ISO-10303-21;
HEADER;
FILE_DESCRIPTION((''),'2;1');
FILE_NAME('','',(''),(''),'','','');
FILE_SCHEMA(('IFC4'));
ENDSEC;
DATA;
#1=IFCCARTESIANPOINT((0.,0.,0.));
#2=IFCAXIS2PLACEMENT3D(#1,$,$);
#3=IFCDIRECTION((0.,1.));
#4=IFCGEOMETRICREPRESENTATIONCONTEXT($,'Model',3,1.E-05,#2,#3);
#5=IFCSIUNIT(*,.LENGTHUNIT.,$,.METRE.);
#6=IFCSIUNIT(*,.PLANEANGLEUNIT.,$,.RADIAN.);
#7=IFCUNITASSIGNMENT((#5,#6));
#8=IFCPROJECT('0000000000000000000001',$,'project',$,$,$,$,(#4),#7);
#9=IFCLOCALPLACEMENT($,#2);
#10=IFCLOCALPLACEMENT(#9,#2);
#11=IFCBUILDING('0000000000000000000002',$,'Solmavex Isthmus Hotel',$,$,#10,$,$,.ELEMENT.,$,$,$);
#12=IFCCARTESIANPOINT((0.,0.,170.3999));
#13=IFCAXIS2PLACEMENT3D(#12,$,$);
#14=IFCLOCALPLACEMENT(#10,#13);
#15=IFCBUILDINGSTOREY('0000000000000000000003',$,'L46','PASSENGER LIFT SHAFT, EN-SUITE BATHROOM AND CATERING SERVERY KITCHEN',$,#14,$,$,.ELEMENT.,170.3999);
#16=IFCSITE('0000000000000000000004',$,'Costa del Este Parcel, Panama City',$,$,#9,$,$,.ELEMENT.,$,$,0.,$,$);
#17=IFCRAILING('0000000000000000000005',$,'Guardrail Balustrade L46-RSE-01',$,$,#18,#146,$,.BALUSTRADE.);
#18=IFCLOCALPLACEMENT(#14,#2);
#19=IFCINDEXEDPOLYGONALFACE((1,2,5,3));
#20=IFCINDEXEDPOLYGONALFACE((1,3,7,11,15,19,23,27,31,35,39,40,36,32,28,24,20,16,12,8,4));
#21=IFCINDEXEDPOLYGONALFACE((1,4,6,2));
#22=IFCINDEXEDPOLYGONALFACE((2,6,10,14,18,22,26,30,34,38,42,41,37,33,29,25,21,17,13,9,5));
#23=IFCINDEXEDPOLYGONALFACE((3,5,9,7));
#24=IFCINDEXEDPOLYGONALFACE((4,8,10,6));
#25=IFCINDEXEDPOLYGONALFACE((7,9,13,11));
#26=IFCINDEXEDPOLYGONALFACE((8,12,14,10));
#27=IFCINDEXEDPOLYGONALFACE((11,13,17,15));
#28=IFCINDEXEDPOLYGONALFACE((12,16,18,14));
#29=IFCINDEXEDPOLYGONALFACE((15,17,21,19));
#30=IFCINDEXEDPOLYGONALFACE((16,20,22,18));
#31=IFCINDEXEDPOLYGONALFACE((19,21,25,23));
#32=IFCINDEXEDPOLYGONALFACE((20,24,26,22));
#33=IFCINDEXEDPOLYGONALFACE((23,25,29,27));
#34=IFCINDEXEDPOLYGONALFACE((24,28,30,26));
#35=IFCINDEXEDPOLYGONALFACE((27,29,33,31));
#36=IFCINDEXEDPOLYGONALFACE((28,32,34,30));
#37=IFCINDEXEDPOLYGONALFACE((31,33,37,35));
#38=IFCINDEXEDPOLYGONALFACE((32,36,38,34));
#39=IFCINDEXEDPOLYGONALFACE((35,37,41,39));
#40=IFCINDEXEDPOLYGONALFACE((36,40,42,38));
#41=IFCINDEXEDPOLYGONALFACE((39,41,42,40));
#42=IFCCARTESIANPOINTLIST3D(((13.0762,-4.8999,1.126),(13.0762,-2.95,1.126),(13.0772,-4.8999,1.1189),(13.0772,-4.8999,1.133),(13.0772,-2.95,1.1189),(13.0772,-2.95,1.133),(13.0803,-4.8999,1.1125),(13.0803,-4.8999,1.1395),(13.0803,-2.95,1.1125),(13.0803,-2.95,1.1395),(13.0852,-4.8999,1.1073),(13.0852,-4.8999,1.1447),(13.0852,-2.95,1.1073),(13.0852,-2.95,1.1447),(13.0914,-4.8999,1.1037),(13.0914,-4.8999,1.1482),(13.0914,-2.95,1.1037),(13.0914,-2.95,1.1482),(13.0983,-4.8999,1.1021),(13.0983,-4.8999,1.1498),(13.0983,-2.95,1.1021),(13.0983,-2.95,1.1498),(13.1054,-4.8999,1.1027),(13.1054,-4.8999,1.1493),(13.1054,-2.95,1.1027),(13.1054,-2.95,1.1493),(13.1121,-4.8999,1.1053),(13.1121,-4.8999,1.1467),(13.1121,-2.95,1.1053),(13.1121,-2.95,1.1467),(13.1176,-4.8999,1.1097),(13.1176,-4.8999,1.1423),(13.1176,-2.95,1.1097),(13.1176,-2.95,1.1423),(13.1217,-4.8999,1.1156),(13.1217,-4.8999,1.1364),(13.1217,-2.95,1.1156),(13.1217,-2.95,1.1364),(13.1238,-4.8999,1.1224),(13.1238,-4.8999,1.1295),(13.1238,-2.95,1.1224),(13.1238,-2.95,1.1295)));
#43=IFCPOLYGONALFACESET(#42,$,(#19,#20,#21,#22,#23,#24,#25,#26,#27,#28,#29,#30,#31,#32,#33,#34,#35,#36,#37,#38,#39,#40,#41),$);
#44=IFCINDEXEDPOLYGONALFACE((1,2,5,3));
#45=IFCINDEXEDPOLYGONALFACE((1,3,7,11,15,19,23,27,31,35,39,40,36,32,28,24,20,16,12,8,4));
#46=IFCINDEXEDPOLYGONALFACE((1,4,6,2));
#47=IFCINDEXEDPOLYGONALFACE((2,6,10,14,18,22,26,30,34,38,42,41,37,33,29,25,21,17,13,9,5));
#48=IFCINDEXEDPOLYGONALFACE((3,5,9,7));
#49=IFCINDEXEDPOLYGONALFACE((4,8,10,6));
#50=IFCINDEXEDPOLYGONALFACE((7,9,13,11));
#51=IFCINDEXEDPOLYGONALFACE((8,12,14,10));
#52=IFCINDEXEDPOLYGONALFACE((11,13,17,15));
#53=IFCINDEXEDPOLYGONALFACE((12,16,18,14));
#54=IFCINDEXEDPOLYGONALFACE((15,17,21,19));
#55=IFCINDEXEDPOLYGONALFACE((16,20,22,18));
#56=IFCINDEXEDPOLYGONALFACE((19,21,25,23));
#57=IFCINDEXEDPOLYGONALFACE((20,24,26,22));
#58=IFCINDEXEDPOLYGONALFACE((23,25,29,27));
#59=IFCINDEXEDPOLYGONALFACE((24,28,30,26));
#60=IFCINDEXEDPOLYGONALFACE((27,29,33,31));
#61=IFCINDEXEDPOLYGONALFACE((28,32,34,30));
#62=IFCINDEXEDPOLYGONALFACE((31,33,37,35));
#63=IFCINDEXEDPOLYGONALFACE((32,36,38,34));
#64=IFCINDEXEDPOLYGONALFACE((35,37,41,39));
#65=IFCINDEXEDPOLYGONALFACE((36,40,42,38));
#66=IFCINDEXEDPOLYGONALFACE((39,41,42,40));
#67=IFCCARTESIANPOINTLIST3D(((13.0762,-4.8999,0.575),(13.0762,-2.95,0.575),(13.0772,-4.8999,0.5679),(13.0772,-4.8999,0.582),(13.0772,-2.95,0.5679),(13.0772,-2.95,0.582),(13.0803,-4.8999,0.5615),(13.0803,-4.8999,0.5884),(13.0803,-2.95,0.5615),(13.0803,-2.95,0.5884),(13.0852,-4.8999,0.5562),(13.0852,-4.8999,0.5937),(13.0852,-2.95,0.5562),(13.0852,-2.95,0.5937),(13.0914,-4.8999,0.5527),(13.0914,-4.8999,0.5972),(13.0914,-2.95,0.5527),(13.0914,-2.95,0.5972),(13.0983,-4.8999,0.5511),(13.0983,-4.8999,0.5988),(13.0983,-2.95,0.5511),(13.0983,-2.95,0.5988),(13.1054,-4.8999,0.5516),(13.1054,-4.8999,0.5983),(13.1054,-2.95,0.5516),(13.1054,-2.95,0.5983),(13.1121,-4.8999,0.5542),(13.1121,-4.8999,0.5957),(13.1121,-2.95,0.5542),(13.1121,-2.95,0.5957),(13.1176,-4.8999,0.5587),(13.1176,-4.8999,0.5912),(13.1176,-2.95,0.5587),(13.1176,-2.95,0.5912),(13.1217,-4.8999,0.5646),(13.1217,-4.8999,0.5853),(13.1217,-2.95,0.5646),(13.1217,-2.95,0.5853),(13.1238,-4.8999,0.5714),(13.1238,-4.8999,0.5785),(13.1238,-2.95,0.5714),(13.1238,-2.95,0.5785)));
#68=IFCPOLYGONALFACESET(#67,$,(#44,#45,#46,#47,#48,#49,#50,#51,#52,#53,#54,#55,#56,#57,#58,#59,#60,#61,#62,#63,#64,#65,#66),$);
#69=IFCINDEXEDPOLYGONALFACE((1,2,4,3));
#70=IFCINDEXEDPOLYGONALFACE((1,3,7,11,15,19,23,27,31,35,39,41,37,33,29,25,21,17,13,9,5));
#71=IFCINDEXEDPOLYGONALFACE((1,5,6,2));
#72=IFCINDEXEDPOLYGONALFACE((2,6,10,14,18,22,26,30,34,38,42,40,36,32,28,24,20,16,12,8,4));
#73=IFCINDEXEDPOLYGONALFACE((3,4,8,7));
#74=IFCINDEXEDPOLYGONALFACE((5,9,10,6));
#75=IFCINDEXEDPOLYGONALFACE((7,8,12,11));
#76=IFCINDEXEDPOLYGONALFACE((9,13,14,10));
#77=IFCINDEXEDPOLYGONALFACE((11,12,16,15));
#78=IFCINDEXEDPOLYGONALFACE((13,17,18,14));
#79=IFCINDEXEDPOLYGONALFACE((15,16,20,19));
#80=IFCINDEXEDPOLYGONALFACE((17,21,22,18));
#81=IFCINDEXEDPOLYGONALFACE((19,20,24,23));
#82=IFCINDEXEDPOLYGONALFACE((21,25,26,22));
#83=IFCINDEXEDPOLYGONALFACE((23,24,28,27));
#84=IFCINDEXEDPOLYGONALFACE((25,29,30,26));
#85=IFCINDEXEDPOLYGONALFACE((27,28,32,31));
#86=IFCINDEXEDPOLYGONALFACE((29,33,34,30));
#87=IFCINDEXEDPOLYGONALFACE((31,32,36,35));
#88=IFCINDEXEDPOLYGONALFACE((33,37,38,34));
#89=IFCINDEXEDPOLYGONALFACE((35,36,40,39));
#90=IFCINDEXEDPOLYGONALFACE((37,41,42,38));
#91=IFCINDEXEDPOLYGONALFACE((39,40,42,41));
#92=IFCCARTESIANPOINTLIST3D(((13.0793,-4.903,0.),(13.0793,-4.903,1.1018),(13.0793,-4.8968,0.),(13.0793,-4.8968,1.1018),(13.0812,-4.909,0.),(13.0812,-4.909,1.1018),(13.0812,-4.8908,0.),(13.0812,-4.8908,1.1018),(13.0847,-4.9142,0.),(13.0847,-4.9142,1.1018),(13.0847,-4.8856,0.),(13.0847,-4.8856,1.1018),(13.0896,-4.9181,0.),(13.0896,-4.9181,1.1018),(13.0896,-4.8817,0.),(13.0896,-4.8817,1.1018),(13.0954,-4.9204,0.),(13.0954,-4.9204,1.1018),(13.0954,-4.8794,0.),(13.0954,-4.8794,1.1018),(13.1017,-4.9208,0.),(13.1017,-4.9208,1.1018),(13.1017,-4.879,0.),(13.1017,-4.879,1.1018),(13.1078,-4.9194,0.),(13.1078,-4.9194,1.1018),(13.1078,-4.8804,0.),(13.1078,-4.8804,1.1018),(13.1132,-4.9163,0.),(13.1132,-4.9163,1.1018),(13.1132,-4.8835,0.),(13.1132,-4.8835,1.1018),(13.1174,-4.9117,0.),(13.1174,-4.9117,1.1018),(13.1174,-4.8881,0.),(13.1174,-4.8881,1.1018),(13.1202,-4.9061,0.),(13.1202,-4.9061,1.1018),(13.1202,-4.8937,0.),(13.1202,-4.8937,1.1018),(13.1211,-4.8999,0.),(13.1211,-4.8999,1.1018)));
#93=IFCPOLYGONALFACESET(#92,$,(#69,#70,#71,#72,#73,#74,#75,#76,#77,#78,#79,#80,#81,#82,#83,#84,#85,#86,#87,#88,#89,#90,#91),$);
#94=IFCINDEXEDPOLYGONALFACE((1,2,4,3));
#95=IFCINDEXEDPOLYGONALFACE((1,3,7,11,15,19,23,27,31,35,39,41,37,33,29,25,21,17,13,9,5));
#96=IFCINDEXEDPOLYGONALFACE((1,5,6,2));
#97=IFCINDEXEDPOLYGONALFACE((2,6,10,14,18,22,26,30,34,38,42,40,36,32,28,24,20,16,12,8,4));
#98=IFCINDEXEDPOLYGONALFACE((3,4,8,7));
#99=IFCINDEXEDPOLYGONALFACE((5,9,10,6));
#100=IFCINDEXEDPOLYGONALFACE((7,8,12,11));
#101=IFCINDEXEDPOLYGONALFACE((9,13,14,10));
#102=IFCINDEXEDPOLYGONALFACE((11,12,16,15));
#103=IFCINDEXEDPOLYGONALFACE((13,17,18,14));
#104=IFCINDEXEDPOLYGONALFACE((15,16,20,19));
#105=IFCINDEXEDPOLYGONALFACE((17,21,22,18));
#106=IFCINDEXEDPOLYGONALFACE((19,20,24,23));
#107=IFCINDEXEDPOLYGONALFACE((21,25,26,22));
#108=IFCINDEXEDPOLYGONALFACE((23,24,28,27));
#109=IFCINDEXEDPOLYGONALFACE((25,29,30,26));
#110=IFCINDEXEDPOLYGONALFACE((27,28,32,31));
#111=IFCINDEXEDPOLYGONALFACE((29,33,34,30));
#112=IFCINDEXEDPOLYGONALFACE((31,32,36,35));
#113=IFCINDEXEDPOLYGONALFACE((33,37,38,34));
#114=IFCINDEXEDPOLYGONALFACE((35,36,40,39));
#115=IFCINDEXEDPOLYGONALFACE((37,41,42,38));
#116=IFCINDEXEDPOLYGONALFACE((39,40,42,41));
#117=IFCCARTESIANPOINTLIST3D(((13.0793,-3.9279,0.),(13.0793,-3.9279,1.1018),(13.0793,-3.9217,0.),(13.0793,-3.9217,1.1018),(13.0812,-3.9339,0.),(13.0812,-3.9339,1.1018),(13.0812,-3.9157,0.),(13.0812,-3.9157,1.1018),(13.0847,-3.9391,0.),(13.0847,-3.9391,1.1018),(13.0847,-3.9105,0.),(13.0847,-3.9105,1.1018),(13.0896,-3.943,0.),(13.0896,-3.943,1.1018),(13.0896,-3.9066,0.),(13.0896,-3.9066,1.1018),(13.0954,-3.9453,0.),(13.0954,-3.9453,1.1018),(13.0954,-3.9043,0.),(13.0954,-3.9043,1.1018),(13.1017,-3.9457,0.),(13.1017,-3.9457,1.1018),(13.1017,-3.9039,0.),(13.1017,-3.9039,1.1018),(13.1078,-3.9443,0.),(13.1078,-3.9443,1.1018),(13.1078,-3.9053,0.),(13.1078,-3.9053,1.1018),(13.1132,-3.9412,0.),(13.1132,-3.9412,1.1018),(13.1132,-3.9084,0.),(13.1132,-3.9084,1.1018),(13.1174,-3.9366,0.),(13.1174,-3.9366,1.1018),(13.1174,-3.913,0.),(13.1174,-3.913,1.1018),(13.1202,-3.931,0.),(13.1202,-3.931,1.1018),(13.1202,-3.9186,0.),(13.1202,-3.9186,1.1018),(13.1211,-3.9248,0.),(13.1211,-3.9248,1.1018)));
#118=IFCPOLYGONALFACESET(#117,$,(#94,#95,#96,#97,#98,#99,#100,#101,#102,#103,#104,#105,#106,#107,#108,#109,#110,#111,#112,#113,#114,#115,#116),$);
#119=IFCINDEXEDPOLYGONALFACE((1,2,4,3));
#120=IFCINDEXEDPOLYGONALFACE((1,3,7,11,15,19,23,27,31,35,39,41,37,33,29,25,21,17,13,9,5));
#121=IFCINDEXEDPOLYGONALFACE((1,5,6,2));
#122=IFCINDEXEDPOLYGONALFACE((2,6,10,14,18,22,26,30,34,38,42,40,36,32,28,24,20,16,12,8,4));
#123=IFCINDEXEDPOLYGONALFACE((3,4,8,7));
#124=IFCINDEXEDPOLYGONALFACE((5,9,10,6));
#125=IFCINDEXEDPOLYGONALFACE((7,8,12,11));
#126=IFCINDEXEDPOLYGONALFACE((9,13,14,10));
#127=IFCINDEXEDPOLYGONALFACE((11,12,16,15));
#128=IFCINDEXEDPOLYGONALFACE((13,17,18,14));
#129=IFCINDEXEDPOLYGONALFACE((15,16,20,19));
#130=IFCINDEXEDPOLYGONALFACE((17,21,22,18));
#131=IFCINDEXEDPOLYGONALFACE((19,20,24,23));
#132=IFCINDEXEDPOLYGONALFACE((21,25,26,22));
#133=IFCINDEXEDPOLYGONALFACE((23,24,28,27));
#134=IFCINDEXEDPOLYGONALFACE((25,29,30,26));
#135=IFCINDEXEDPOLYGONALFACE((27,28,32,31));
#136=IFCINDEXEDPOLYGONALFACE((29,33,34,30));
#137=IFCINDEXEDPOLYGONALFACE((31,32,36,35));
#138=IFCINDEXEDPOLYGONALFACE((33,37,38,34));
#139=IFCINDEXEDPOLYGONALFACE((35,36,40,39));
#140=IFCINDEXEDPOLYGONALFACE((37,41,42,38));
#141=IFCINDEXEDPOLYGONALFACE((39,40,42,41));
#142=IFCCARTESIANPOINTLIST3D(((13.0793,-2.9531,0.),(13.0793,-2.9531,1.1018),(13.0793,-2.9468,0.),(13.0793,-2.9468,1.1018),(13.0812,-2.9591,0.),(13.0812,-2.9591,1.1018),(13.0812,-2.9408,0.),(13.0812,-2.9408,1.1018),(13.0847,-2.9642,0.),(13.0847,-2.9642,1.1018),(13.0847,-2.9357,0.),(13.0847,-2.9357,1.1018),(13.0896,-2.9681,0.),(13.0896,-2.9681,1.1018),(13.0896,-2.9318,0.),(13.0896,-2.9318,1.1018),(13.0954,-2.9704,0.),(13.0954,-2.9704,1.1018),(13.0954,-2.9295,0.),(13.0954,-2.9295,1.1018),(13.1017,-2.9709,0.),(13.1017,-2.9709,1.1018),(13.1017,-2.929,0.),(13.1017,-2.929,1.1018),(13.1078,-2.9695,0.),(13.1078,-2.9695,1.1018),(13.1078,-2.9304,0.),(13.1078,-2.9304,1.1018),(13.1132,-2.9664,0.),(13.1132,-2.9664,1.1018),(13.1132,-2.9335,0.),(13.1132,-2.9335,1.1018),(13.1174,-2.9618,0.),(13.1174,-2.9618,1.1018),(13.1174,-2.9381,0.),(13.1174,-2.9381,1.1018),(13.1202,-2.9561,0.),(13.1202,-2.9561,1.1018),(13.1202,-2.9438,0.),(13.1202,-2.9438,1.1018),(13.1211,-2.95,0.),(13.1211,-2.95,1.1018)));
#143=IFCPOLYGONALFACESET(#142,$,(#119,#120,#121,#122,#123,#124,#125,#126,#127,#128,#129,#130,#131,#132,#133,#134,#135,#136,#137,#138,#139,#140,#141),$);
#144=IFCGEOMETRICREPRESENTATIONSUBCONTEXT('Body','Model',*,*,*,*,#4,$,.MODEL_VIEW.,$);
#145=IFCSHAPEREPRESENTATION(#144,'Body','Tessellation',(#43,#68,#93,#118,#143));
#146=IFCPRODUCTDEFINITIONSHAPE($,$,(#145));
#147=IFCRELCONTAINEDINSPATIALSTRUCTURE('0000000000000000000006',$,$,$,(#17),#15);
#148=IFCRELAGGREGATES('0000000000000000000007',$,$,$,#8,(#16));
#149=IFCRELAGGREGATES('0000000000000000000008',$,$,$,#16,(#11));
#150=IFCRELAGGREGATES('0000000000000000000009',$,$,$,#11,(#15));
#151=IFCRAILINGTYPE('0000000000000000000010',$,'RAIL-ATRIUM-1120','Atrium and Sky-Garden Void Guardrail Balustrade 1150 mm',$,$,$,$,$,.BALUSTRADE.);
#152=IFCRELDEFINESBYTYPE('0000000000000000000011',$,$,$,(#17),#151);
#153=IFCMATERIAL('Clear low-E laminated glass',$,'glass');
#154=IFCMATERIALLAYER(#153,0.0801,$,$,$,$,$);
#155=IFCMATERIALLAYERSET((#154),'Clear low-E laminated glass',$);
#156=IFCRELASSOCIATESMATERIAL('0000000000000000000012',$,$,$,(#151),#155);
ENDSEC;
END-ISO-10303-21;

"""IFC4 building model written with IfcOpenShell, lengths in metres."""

from ifc_helpers import new_model, si_unit, direction, frame, origin, origin_2d, place, context, subcontext, project, spatial, circle, extrude, material, layer, layer_set, type_object, element, save


model = new_model("IFC4")

# Units and contexts
model_context = context("Model", 3, precision=1e-05, world=origin(), true_north=direction((0.0, 1.0)))
body_context = subcontext(model_context, "Body", "Model", "MODEL_VIEW")
ifc_project = project(units=[si_unit("LENGTHUNIT", "METRE"), si_unit("PLANEANGLEUNIT", "RADIAN")], contexts=[model_context])

# Site, building, storey
site_placement = place(None, origin())
site = spatial("IfcSite", under=ifc_project, at=site_placement, Name="Costa del Este Parcel, Panama City", CompositionType="ELEMENT", RefElevation=0.0)
building_placement = place(site_placement, origin())
building = spatial("IfcBuilding", under=site, at=building_placement, Name="Solmavex Isthmus Hotel", CompositionType="ELEMENT")
storey_placement = place(building_placement, frame((0.0, 0.0, 170.3999)))
storey = spatial("IfcBuildingStorey", under=building, at=storey_placement, Name="L46", Description="PASSENGER LIFT SHAFT, EN-SUITE BATHROOM AND CATERING SERVERY KITCHEN", CompositionType="ELEMENT", Elevation=170.3999)

# Railing
ifc_material_1 = material(Name="Clear low-E laminated glass", Category="glass")
ifc_layer_1 = layer(ifc_material_1, 0.0801)
ifc_layer_set_1 = layer_set([ifc_layer_1], Name="Clear low-E laminated glass")
railing_type_1 = type_object("IfcRailingType", Name="RAIL-ATRIUM-1120", Description="Atrium and Sky-Garden Void Guardrail Balustrade 1150 mm", PredefinedType="BALUSTRADE", material=ifc_layer_set_1)
railing_1_placement = place(storey_placement, frame((13.1001, -4.8999, 0.0)))
element("IfcRailing", 1, at=railing_1_placement, inside=storey, type_object=railing_type_1, Name="Guardrail Balustrade L46-RSE-01", PredefinedType="BALUSTRADE", context=body_context, shape_type="SweptSolid", body=[
    extrude(circle(Radius=0.0239, at=origin_2d()), frame((0.0, 0.0, 1.126), z_axis=(0.0, 1.0, 0.0), x_axis=(-1.0, 0.0, 0.0)), (0.0, 0.0, 1.0), 1.95),
    extrude(circle(Radius=0.0239, at=origin_2d()), frame((0.0, 0.0, 0.575), z_axis=(0.0, 1.0, 0.0), x_axis=(-1.0, 0.0, 0.0)), (0.0, 0.0, 1.0), 1.95),
    extrude(circle(Radius=0.021, at=origin_2d()), origin(), (0.0, 0.0, 1.0), 1.1018),
    extrude(circle(Radius=0.021, at=origin_2d()), frame((0.0, 0.9751, 0.0)), (0.0, 0.0, 1.0), 1.1018),
    extrude(circle(Radius=0.021, at=origin_2d()), frame((0.0, 1.95, 0.0)), (0.0, 0.0, 1.0), 1.1018),
])

save(model, "model.ifc")
